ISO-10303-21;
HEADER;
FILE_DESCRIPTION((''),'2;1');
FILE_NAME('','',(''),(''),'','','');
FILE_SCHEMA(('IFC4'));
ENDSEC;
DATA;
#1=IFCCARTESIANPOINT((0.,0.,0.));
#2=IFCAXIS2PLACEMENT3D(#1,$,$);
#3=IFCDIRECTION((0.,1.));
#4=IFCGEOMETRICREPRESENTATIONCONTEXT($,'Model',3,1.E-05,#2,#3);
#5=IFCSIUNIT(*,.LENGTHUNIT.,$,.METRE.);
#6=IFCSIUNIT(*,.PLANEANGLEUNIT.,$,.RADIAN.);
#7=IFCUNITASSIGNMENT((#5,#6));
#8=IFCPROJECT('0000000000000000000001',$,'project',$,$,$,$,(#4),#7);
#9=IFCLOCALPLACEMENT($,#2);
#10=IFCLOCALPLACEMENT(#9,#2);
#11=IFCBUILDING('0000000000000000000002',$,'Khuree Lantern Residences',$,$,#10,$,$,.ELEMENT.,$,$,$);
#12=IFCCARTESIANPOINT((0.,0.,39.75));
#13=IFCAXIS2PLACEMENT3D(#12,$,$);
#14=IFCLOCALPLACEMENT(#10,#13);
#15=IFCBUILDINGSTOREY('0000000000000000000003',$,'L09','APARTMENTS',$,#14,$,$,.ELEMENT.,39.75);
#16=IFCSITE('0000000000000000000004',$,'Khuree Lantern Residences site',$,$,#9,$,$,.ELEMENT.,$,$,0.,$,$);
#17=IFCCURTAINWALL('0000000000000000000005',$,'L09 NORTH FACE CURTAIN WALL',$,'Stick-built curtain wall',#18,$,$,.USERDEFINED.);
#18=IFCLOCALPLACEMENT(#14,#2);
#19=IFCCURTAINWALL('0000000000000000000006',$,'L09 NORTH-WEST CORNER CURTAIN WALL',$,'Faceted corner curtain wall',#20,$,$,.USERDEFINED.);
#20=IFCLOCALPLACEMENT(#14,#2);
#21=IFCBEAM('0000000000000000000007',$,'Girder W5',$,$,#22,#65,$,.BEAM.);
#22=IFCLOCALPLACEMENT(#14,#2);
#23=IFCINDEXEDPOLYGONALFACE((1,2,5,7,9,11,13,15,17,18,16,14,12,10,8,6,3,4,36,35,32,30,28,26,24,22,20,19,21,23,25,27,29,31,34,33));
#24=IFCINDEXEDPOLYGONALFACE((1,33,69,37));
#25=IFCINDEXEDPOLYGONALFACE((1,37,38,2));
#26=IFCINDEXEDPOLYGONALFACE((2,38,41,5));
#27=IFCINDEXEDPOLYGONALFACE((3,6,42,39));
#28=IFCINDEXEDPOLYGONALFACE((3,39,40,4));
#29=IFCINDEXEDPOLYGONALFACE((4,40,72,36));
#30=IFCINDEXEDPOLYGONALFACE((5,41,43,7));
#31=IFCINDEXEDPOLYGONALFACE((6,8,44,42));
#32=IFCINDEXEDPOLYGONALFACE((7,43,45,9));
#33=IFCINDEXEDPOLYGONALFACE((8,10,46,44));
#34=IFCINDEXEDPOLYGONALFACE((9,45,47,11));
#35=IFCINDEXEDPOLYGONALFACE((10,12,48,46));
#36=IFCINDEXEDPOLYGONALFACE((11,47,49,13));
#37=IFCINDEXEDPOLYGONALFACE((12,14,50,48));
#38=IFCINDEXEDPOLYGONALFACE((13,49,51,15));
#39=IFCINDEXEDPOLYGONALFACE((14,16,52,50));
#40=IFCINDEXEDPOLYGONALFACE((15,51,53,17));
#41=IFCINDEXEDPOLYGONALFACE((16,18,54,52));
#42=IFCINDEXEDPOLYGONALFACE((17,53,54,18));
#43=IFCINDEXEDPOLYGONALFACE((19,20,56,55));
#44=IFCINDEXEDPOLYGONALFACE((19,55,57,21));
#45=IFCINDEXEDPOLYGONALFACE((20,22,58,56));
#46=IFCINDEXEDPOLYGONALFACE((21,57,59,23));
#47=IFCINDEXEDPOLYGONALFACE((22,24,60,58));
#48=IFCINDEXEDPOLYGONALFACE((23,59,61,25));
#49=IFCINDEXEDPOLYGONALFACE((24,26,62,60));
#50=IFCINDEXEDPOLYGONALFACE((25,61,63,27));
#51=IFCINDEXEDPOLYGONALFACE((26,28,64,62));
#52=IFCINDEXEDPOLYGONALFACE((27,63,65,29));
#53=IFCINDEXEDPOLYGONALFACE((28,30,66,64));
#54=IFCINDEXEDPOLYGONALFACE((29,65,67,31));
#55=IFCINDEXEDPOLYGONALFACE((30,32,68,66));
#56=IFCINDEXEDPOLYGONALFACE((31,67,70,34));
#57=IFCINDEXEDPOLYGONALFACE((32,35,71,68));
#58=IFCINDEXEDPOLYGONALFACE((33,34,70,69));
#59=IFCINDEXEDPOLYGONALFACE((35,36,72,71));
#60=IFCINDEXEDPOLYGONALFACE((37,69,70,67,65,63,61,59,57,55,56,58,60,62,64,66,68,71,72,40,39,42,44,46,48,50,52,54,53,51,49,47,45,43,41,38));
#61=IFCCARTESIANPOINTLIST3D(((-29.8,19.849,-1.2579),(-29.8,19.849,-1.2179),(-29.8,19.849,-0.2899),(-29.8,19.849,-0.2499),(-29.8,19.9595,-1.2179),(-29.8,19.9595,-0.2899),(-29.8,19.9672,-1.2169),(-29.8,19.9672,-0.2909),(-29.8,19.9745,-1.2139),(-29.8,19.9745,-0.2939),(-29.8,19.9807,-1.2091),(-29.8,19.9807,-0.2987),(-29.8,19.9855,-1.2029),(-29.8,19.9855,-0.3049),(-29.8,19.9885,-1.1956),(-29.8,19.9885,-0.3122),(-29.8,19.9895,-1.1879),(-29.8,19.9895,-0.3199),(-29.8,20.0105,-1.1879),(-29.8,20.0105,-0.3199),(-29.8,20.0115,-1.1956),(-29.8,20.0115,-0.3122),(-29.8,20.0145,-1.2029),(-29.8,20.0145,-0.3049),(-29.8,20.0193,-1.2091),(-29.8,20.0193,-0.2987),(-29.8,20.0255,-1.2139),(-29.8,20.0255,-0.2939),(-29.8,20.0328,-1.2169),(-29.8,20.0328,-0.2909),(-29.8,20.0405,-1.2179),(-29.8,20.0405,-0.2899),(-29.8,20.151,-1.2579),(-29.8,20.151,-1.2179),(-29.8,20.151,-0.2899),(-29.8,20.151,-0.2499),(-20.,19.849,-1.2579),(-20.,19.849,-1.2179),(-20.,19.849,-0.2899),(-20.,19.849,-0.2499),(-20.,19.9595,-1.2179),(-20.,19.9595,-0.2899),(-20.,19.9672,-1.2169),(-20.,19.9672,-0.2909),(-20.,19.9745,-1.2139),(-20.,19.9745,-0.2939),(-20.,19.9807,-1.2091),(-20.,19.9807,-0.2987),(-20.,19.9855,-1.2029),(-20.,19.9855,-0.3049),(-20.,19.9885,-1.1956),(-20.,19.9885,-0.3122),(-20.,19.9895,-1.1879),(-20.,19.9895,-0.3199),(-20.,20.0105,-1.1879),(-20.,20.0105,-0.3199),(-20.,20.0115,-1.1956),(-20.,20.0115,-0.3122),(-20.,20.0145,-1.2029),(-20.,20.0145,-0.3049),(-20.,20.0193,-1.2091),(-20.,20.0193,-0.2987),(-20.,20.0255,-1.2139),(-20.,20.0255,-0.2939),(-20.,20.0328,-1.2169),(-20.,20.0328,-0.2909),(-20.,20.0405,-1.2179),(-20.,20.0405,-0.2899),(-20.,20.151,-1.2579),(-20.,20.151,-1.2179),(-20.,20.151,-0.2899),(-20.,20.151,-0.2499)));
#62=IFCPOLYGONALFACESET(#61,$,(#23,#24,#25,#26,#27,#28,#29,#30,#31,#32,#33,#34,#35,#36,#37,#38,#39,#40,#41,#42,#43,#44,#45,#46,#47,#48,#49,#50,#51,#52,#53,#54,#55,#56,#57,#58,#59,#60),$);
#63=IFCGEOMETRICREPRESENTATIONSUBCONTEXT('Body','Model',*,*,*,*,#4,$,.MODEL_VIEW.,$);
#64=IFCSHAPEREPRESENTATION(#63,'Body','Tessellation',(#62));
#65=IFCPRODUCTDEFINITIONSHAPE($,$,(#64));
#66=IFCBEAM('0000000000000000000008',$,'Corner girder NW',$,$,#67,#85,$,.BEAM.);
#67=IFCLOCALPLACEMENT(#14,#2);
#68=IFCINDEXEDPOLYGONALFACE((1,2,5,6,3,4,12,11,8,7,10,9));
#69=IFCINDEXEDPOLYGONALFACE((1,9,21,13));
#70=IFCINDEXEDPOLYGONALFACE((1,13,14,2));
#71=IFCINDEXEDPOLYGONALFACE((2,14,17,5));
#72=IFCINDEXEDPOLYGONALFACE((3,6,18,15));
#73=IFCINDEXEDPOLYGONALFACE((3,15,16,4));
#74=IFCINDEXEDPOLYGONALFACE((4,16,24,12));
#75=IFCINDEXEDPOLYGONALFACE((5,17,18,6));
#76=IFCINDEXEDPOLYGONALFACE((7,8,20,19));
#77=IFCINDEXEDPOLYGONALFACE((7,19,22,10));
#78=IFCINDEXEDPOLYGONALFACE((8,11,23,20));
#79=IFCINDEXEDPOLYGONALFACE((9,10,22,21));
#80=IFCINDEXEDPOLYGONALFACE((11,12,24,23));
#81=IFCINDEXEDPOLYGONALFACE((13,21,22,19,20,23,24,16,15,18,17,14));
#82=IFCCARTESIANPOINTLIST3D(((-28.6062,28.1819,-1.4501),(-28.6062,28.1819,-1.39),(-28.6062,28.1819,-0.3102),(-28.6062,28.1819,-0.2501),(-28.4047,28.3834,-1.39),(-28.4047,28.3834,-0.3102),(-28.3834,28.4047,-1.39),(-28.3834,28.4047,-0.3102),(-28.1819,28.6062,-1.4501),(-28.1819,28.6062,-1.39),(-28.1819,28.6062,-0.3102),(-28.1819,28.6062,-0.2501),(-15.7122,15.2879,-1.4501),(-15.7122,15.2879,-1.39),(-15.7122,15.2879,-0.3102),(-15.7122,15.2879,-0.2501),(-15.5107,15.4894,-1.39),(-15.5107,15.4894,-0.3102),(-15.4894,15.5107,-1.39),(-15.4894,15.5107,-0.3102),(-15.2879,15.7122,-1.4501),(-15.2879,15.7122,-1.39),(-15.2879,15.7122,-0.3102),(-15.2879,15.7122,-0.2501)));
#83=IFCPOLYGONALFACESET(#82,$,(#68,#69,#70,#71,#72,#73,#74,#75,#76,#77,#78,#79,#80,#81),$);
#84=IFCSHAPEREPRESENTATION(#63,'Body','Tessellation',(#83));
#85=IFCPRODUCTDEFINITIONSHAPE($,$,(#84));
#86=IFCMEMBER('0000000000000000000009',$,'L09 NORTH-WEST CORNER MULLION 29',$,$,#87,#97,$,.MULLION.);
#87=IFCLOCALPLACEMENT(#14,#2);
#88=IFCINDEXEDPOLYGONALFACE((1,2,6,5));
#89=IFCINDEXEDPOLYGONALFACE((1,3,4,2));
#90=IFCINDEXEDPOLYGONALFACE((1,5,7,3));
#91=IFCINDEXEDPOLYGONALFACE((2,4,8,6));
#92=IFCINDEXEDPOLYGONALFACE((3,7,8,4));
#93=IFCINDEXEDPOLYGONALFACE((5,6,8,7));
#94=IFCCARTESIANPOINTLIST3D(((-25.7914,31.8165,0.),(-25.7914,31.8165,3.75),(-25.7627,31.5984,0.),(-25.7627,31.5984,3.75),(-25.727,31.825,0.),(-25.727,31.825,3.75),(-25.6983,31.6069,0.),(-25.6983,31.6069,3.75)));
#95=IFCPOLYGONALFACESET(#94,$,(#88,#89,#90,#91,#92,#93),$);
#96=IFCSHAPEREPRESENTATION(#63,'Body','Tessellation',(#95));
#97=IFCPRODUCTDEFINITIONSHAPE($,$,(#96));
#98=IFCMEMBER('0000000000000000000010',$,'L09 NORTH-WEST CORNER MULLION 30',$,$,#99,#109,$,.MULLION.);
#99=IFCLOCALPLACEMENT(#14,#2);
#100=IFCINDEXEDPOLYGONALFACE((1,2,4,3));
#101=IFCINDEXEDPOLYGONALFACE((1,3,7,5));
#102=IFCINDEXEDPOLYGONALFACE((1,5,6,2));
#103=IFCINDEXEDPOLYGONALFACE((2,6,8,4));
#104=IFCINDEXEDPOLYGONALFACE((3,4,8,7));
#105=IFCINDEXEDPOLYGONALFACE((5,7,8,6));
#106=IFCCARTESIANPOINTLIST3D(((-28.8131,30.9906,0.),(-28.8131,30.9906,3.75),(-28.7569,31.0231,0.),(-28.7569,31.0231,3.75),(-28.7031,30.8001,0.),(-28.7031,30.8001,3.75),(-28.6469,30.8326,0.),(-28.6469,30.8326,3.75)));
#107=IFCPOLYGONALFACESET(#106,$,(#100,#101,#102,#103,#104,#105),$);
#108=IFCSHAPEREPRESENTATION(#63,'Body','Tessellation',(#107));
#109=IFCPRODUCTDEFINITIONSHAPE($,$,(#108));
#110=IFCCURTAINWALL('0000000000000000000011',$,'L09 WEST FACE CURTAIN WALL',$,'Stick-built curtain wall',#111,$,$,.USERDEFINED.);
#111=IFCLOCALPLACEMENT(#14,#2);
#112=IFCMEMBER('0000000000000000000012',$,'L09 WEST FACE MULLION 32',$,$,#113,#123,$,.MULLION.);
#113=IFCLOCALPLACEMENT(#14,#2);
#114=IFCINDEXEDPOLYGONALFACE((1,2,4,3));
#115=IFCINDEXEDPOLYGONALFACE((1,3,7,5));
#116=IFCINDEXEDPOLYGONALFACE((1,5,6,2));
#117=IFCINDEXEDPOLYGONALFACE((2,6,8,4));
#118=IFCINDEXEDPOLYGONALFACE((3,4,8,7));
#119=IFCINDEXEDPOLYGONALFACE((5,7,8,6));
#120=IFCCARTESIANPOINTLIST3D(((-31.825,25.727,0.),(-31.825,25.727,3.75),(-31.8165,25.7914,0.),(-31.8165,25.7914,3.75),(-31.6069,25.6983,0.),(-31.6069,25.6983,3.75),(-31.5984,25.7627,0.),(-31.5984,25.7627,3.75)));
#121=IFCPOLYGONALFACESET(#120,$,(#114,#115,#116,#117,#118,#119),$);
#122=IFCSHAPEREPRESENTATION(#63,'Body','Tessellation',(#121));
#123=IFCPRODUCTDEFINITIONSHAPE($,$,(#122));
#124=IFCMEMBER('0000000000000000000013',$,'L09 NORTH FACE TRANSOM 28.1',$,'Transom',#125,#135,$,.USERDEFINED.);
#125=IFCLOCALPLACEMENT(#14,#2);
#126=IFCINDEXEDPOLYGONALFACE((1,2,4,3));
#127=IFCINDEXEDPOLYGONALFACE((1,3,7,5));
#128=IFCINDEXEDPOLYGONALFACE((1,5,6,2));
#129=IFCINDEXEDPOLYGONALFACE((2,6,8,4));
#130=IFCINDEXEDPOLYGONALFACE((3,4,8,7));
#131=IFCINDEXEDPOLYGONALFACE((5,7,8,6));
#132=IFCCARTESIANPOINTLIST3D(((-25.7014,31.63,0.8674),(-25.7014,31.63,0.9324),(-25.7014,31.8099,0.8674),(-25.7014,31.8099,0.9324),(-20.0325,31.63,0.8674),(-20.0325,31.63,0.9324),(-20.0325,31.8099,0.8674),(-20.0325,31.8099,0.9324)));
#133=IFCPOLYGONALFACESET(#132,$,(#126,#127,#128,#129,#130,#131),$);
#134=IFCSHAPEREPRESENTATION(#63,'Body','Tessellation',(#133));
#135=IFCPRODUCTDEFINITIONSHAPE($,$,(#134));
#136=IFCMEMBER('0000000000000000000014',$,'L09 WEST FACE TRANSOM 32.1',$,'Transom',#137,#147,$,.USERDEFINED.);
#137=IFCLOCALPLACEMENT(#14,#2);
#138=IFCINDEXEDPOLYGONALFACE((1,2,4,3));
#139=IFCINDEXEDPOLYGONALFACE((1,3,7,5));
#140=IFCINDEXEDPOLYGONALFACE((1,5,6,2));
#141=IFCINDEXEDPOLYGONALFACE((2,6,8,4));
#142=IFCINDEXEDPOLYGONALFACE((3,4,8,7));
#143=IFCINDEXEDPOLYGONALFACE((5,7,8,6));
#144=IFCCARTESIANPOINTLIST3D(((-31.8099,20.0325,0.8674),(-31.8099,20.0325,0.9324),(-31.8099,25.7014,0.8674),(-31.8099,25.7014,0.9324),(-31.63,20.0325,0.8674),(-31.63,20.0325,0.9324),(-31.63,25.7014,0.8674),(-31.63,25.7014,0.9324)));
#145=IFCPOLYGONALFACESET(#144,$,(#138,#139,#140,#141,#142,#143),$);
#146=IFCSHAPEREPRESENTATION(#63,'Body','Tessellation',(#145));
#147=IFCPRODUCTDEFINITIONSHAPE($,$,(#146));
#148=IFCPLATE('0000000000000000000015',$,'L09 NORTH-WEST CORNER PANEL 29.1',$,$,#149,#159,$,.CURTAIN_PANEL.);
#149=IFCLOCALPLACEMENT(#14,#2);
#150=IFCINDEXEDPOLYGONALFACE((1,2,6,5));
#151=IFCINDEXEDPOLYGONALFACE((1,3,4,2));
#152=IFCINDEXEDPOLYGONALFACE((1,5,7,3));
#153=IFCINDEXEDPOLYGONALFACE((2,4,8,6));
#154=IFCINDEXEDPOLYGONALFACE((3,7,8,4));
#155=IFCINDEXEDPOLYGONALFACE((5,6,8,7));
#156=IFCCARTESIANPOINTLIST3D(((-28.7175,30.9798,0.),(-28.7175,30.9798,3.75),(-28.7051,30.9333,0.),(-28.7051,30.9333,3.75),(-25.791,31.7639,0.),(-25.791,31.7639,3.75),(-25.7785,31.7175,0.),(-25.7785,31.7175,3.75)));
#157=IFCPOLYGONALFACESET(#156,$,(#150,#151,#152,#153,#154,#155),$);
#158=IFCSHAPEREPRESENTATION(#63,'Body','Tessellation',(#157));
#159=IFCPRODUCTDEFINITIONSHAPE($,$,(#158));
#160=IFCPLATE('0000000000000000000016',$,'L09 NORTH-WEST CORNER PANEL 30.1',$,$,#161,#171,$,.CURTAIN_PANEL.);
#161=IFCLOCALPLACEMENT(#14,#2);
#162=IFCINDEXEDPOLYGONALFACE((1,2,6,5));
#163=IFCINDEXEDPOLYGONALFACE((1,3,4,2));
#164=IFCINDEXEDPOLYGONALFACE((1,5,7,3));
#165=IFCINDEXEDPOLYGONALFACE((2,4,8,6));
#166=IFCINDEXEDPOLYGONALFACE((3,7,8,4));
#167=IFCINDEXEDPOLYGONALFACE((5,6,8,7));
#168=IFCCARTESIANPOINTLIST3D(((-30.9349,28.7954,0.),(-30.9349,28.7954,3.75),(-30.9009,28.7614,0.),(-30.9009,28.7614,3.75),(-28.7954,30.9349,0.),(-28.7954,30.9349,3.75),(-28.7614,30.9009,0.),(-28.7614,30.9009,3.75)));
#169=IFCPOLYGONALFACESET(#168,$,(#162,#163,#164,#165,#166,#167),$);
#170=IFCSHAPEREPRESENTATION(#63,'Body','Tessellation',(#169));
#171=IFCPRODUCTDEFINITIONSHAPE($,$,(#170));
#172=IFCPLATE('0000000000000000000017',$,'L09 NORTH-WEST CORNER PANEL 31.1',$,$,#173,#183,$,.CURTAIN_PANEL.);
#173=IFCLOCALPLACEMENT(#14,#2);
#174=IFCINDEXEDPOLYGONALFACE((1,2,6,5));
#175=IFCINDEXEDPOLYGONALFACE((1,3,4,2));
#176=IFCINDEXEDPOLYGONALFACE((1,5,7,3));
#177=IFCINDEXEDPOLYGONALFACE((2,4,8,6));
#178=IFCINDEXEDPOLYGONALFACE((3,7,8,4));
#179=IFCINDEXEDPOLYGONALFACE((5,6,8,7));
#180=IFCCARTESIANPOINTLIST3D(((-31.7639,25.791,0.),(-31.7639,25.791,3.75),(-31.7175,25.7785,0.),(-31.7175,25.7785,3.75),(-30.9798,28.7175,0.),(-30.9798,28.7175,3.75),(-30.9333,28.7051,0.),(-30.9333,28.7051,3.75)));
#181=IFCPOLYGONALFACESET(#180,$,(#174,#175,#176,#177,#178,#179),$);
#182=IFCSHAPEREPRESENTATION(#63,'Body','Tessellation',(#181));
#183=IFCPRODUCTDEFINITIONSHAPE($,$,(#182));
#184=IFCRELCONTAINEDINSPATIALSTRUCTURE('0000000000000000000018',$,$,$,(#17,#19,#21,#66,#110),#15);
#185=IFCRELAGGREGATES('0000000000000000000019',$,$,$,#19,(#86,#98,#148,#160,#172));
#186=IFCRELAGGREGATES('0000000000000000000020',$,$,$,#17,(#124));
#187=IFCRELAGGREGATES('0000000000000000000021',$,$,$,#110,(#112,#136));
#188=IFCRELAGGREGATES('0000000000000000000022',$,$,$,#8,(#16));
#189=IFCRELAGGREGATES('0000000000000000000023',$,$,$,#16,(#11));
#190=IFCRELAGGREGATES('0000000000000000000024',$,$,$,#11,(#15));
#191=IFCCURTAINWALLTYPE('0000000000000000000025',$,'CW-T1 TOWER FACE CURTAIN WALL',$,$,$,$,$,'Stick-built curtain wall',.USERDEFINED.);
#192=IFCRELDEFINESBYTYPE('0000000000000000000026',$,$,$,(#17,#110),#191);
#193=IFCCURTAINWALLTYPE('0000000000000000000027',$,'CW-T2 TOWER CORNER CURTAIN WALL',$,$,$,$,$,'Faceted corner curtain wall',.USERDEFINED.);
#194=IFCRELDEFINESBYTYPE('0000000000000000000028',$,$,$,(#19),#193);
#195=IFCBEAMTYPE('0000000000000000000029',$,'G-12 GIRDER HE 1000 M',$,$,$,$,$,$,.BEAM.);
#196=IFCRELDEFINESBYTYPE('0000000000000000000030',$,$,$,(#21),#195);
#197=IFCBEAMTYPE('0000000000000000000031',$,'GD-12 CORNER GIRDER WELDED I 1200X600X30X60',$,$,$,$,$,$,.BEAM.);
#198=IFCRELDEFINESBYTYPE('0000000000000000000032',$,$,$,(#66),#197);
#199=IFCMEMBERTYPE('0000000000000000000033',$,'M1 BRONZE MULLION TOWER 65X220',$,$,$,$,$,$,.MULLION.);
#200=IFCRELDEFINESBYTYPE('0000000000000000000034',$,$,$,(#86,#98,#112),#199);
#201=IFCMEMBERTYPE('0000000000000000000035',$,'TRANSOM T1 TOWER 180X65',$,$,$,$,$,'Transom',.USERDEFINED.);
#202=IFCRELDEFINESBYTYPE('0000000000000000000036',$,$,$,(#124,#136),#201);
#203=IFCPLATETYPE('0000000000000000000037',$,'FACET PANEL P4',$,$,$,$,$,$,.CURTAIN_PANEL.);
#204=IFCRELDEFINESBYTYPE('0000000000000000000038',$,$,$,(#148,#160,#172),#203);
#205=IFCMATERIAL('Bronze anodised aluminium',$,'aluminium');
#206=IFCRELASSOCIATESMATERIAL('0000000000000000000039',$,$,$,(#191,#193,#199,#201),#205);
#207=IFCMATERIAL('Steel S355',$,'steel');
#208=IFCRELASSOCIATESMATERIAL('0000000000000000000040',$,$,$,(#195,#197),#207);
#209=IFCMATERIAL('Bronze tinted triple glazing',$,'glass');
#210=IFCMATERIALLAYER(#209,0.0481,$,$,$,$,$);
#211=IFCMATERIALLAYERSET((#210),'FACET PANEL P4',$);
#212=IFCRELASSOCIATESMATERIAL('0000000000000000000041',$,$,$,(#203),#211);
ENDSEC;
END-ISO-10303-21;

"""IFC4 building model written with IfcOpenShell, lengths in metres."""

from ifc_helpers import new_model, si_unit, direction, frame, origin, origin_2d, place, context, subcontext, project, spatial, rectangle, i_section, extrude, material, layer, layer_set, material_profile, profile_set, type_object, element, aggregate, save


model = new_model("IFC4")

# Units and contexts
model_context = context("Model", 3, precision=1e-05, world=origin(), true_north=direction((0.0, 1.0)))
body_context = subcontext(model_context, "Body", "Model", "MODEL_VIEW")
ifc_project = project(units=[si_unit("LENGTHUNIT", "METRE"), si_unit("PLANEANGLEUNIT", "RADIAN")], contexts=[model_context])

# Site, building, storey
site_placement = place(None, origin())
site = spatial("IfcSite", under=ifc_project, at=site_placement, Name="Khuree Lantern Residences site", CompositionType="ELEMENT", RefElevation=0.0)
building_placement = place(site_placement, origin())
building = spatial("IfcBuilding", under=site, at=building_placement, Name="Khuree Lantern Residences", CompositionType="ELEMENT")
storey_placement = place(building_placement, frame((0.0, 0.0, 39.75)))
storey = spatial("IfcBuildingStorey", under=building, at=storey_placement, Name="L09", Description="APARTMENTS", CompositionType="ELEMENT", Elevation=39.75)

# Shared definitions
ifc_material_1 = material(Name="Steel S355", Category="steel")

# Curtain walls
ifc_material_2 = material(Name="Bronze anodised aluminium", Category="aluminium")
curtain_wall_type_1 = type_object("IfcCurtainWallType", Name="CW-T1 TOWER FACE CURTAIN WALL", ElementType="Stick-built curtain wall", PredefinedType="USERDEFINED", material=ifc_material_2)
curtain_wall_1_placement = place(storey_placement, origin())
curtain_wall_1 = element("IfcCurtainWall", 1, at=curtain_wall_1_placement, inside=storey, type_object=curtain_wall_type_1, Name="L09 NORTH FACE CURTAIN WALL", ObjectType="Stick-built curtain wall", PredefinedType="USERDEFINED")
curtain_wall_type_2 = type_object("IfcCurtainWallType", Name="CW-T2 TOWER CORNER CURTAIN WALL", ElementType="Faceted corner curtain wall", PredefinedType="USERDEFINED", material=ifc_material_2)
curtain_wall_2_placement = place(storey_placement, origin())
curtain_wall_2 = element("IfcCurtainWall", 2, at=curtain_wall_2_placement, inside=storey, type_object=curtain_wall_type_2, Name="L09 NORTH-WEST CORNER CURTAIN WALL", ObjectType="Faceted corner curtain wall", PredefinedType="USERDEFINED")

# Beams
ifc_material_profile_1 = material_profile(ifc_material_1, i_section(OverallWidth=0.302, OverallDepth=1.0081, WebThickness=0.021, FlangeThickness=0.04, FilletRadius=0.03, at=origin_2d()), Name="HE 1000 M")
ifc_profile_set_1 = profile_set([ifc_material_profile_1], Name="Steel S355")
beam_type_1 = type_object("IfcBeamType", Name="G-12 GIRDER HE 1000 M", PredefinedType="BEAM", material=ifc_profile_set_1)
for number, where, z_axis, x_axis, name in (
    (3, (-29.8, 20.0, -0.7539), (1.0, 0.0, 0.0), (0.0, 1.0, 0.0), "Girder W5"),
):
    element("IfcBeam", number, at=place(storey_placement, frame(where, z_axis=z_axis, x_axis=x_axis)), inside=storey, type_object=beam_type_1, Name=name, PredefinedType="BEAM", context=body_context, shape_type="SweptSolid", body=[
        extrude(i_section(OverallWidth=0.302, OverallDepth=1.0081, WebThickness=0.021, FlangeThickness=0.04, FilletRadius=0.03, at=origin_2d()), origin(), (0.0, 0.0, 1.0), 9.8),
    ])
ifc_material_profile_2 = material_profile(ifc_material_1, i_section(OverallWidth=0.6001, OverallDepth=1.2, WebThickness=0.03, FlangeThickness=0.0601, at=origin_2d()), Name="WELDED I 1200X600X30X60")
ifc_profile_set_2 = profile_set([ifc_material_profile_2], Name="Steel S355")
beam_type_2 = type_object("IfcBeamType", Name="GD-12 CORNER GIRDER WELDED I 1200X600X30X60", PredefinedType="BEAM", material=ifc_profile_set_2)
beam_1_placement = place(storey_placement, frame((-28.394, 28.394, -0.8501), z_axis=(0.707107, -0.707107, 0.0), x_axis=(0.707107, 0.707107, 0.0)))
element("IfcBeam", 4, at=beam_1_placement, inside=storey, type_object=beam_type_2, Name="Corner girder NW", PredefinedType="BEAM", context=body_context, shape_type="SweptSolid", body=[
    extrude(i_section(OverallWidth=0.6001, OverallDepth=1.2, WebThickness=0.03, FlangeThickness=0.0601, at=origin_2d()), origin(), (0.0, 0.0, 1.0), 18.2349),
])

# Members
ifc_material_profile_3 = material_profile(ifc_material_2, rectangle(XDim=0.0649, YDim=0.22, at=origin_2d()), Name="M1 65X220")
ifc_profile_set_3 = profile_set([ifc_material_profile_3], Name="Bronze anodised aluminium")
member_type_1 = type_object("IfcMemberType", Name="M1 BRONZE MULLION TOWER 65X220", PredefinedType="MULLION", material=ifc_profile_set_3)
member_1_placement = place(storey_placement, frame((-25.7449, 31.7117, 0.0), z_axis=(0.0, 0.0, 1.0), x_axis=(-0.991445, -0.130526, 0.0)))
member_1 = element("IfcMember", 5, at=member_1_placement, type_object=member_type_1, Name="L09 NORTH-WEST CORNER MULLION 29", PredefinedType="MULLION", context=body_context, shape_type="SweptSolid", body=[
    extrude(rectangle(XDim=0.0649, YDim=0.22, at=origin_2d()), origin(), (0.0, 0.0, 1.0), 3.75),
])
member_2_placement = place(storey_placement, frame((-28.73, 30.9116, 0.0), z_axis=(0.0, 0.0, 1.0), x_axis=(-0.866025, -0.5, 0.0)))
member_2 = element("IfcMember", 6, at=member_2_placement, type_object=member_type_1, Name="L09 NORTH-WEST CORNER MULLION 30", PredefinedType="MULLION", context=body_context, shape_type="SweptSolid", body=[
    extrude(rectangle(XDim=0.0649, YDim=0.22, at=origin_2d()), origin(), (0.0, 0.0, 1.0), 3.75),
])

# Curtain wall, member
curtain_wall_3_placement = place(storey_placement, origin())
curtain_wall_3 = element("IfcCurtainWall", 7, at=curtain_wall_3_placement, inside=storey, type_object=curtain_wall_type_1, Name="L09 WEST FACE CURTAIN WALL", ObjectType="Stick-built curtain wall", PredefinedType="USERDEFINED")
member_3_placement = place(storey_placement, frame((-31.7117, 25.7449, 0.0), z_axis=(0.0, 0.0, 1.0), x_axis=(-0.130526, -0.991445, 0.0)))
member_3 = element("IfcMember", 8, at=member_3_placement, type_object=member_type_1, Name="L09 WEST FACE MULLION 32", PredefinedType="MULLION", context=body_context, shape_type="SweptSolid", body=[
    extrude(rectangle(XDim=0.0649, YDim=0.22, at=origin_2d()), origin(), (0.0, 0.0, 1.0), 3.75),
])

# Members
ifc_material_profile_4 = material_profile(ifc_material_2, rectangle(XDim=0.1799, YDim=0.0649, at=origin_2d()), Name="T1 180X65")
ifc_profile_set_4 = profile_set([ifc_material_profile_4], Name="Bronze anodised aluminium")
member_type_2 = type_object("IfcMemberType", Name="TRANSOM T1 TOWER 180X65", ElementType="Transom", PredefinedType="USERDEFINED", material=ifc_profile_set_4)
member_4_placement = place(storey_placement, frame((-20.0325, 31.72, 0.8999), z_axis=(-1.0, 0.0, 0.0), x_axis=(0.0, -1.0, 0.0)))
member_4 = element("IfcMember", 9, at=member_4_placement, type_object=member_type_2, Name="L09 NORTH FACE TRANSOM 28.1", ObjectType="Transom", PredefinedType="USERDEFINED", context=body_context, shape_type="SweptSolid", body=[
    extrude(rectangle(XDim=0.1799, YDim=0.0649, at=origin_2d()), origin(), (0.0, 0.0, 1.0), 5.6689),
])
member_5_placement = place(storey_placement, frame((-31.72, 25.7014, 0.8999), z_axis=(0.0, -1.0, 0.0), x_axis=(1.0, 0.0, 0.0)))
member_5 = element("IfcMember", 10, at=member_5_placement, type_object=member_type_2, Name="L09 WEST FACE TRANSOM 32.1", ObjectType="Transom", PredefinedType="USERDEFINED", context=body_context, shape_type="SweptSolid", body=[
    extrude(rectangle(XDim=0.1799, YDim=0.0649, at=origin_2d()), origin(), (0.0, 0.0, 1.0), 5.6689),
])

# Plates
ifc_material_3 = material(Name="Bronze tinted triple glazing", Category="glass")
ifc_layer_1 = layer(ifc_material_3, 0.0481)
ifc_layer_set_1 = layer_set([ifc_layer_1], Name="FACET PANEL P4")
plate_type_1 = type_object("IfcPlateType", Name="FACET PANEL P4", PredefinedType="CURTAIN_PANEL", material=ifc_layer_set_1)
plate_1_placement = place(storey_placement, frame((-27.248, 31.3486, 0.0), z_axis=(0.0, 0.0, 1.0), x_axis=(-0.965926, -0.258819, 0.0)))
plate_1 = element("IfcPlate", 11, at=plate_1_placement, type_object=plate_type_1, Name="L09 NORTH-WEST CORNER PANEL 29.1", PredefinedType="CURTAIN_PANEL", context=body_context, shape_type="SweptSolid", body=[
    extrude(rectangle(XDim=3.0298, YDim=0.0481, at=origin_2d()), origin(), (0.0, 0.0, 1.0), 3.75),
])
plate_2_placement = place(storey_placement, frame((-29.8481, 29.8481, 0.0), z_axis=(0.0, 0.0, 1.0), x_axis=(-0.707107, -0.707107, 0.0)))
plate_2 = element("IfcPlate", 12, at=plate_2_placement, type_object=plate_type_1, Name="L09 NORTH-WEST CORNER PANEL 30.1", PredefinedType="CURTAIN_PANEL", context=body_context, shape_type="SweptSolid", body=[
    extrude(rectangle(XDim=3.0256, YDim=0.0481, at=origin_2d()), origin(), (0.0, 0.0, 1.0), 3.75),
])
plate_3_placement = place(storey_placement, frame((-31.3486, 27.248, 0.0), z_axis=(0.0, 0.0, 1.0), x_axis=(-0.258819, -0.965926, 0.0)))
plate_3 = element("IfcPlate", 13, at=plate_3_placement, type_object=plate_type_1, Name="L09 NORTH-WEST CORNER PANEL 31.1", PredefinedType="CURTAIN_PANEL", context=body_context, shape_type="SweptSolid", body=[
    extrude(rectangle(XDim=3.0298, YDim=0.0481, at=origin_2d()), origin(), (0.0, 0.0, 1.0), 3.75),
])
aggregate(curtain_wall_2, [member_1, member_2, plate_1, plate_2, plate_3])
aggregate(curtain_wall_1, [member_4])
aggregate(curtain_wall_3, [member_3, member_5])

save(model, "model.ifc")
